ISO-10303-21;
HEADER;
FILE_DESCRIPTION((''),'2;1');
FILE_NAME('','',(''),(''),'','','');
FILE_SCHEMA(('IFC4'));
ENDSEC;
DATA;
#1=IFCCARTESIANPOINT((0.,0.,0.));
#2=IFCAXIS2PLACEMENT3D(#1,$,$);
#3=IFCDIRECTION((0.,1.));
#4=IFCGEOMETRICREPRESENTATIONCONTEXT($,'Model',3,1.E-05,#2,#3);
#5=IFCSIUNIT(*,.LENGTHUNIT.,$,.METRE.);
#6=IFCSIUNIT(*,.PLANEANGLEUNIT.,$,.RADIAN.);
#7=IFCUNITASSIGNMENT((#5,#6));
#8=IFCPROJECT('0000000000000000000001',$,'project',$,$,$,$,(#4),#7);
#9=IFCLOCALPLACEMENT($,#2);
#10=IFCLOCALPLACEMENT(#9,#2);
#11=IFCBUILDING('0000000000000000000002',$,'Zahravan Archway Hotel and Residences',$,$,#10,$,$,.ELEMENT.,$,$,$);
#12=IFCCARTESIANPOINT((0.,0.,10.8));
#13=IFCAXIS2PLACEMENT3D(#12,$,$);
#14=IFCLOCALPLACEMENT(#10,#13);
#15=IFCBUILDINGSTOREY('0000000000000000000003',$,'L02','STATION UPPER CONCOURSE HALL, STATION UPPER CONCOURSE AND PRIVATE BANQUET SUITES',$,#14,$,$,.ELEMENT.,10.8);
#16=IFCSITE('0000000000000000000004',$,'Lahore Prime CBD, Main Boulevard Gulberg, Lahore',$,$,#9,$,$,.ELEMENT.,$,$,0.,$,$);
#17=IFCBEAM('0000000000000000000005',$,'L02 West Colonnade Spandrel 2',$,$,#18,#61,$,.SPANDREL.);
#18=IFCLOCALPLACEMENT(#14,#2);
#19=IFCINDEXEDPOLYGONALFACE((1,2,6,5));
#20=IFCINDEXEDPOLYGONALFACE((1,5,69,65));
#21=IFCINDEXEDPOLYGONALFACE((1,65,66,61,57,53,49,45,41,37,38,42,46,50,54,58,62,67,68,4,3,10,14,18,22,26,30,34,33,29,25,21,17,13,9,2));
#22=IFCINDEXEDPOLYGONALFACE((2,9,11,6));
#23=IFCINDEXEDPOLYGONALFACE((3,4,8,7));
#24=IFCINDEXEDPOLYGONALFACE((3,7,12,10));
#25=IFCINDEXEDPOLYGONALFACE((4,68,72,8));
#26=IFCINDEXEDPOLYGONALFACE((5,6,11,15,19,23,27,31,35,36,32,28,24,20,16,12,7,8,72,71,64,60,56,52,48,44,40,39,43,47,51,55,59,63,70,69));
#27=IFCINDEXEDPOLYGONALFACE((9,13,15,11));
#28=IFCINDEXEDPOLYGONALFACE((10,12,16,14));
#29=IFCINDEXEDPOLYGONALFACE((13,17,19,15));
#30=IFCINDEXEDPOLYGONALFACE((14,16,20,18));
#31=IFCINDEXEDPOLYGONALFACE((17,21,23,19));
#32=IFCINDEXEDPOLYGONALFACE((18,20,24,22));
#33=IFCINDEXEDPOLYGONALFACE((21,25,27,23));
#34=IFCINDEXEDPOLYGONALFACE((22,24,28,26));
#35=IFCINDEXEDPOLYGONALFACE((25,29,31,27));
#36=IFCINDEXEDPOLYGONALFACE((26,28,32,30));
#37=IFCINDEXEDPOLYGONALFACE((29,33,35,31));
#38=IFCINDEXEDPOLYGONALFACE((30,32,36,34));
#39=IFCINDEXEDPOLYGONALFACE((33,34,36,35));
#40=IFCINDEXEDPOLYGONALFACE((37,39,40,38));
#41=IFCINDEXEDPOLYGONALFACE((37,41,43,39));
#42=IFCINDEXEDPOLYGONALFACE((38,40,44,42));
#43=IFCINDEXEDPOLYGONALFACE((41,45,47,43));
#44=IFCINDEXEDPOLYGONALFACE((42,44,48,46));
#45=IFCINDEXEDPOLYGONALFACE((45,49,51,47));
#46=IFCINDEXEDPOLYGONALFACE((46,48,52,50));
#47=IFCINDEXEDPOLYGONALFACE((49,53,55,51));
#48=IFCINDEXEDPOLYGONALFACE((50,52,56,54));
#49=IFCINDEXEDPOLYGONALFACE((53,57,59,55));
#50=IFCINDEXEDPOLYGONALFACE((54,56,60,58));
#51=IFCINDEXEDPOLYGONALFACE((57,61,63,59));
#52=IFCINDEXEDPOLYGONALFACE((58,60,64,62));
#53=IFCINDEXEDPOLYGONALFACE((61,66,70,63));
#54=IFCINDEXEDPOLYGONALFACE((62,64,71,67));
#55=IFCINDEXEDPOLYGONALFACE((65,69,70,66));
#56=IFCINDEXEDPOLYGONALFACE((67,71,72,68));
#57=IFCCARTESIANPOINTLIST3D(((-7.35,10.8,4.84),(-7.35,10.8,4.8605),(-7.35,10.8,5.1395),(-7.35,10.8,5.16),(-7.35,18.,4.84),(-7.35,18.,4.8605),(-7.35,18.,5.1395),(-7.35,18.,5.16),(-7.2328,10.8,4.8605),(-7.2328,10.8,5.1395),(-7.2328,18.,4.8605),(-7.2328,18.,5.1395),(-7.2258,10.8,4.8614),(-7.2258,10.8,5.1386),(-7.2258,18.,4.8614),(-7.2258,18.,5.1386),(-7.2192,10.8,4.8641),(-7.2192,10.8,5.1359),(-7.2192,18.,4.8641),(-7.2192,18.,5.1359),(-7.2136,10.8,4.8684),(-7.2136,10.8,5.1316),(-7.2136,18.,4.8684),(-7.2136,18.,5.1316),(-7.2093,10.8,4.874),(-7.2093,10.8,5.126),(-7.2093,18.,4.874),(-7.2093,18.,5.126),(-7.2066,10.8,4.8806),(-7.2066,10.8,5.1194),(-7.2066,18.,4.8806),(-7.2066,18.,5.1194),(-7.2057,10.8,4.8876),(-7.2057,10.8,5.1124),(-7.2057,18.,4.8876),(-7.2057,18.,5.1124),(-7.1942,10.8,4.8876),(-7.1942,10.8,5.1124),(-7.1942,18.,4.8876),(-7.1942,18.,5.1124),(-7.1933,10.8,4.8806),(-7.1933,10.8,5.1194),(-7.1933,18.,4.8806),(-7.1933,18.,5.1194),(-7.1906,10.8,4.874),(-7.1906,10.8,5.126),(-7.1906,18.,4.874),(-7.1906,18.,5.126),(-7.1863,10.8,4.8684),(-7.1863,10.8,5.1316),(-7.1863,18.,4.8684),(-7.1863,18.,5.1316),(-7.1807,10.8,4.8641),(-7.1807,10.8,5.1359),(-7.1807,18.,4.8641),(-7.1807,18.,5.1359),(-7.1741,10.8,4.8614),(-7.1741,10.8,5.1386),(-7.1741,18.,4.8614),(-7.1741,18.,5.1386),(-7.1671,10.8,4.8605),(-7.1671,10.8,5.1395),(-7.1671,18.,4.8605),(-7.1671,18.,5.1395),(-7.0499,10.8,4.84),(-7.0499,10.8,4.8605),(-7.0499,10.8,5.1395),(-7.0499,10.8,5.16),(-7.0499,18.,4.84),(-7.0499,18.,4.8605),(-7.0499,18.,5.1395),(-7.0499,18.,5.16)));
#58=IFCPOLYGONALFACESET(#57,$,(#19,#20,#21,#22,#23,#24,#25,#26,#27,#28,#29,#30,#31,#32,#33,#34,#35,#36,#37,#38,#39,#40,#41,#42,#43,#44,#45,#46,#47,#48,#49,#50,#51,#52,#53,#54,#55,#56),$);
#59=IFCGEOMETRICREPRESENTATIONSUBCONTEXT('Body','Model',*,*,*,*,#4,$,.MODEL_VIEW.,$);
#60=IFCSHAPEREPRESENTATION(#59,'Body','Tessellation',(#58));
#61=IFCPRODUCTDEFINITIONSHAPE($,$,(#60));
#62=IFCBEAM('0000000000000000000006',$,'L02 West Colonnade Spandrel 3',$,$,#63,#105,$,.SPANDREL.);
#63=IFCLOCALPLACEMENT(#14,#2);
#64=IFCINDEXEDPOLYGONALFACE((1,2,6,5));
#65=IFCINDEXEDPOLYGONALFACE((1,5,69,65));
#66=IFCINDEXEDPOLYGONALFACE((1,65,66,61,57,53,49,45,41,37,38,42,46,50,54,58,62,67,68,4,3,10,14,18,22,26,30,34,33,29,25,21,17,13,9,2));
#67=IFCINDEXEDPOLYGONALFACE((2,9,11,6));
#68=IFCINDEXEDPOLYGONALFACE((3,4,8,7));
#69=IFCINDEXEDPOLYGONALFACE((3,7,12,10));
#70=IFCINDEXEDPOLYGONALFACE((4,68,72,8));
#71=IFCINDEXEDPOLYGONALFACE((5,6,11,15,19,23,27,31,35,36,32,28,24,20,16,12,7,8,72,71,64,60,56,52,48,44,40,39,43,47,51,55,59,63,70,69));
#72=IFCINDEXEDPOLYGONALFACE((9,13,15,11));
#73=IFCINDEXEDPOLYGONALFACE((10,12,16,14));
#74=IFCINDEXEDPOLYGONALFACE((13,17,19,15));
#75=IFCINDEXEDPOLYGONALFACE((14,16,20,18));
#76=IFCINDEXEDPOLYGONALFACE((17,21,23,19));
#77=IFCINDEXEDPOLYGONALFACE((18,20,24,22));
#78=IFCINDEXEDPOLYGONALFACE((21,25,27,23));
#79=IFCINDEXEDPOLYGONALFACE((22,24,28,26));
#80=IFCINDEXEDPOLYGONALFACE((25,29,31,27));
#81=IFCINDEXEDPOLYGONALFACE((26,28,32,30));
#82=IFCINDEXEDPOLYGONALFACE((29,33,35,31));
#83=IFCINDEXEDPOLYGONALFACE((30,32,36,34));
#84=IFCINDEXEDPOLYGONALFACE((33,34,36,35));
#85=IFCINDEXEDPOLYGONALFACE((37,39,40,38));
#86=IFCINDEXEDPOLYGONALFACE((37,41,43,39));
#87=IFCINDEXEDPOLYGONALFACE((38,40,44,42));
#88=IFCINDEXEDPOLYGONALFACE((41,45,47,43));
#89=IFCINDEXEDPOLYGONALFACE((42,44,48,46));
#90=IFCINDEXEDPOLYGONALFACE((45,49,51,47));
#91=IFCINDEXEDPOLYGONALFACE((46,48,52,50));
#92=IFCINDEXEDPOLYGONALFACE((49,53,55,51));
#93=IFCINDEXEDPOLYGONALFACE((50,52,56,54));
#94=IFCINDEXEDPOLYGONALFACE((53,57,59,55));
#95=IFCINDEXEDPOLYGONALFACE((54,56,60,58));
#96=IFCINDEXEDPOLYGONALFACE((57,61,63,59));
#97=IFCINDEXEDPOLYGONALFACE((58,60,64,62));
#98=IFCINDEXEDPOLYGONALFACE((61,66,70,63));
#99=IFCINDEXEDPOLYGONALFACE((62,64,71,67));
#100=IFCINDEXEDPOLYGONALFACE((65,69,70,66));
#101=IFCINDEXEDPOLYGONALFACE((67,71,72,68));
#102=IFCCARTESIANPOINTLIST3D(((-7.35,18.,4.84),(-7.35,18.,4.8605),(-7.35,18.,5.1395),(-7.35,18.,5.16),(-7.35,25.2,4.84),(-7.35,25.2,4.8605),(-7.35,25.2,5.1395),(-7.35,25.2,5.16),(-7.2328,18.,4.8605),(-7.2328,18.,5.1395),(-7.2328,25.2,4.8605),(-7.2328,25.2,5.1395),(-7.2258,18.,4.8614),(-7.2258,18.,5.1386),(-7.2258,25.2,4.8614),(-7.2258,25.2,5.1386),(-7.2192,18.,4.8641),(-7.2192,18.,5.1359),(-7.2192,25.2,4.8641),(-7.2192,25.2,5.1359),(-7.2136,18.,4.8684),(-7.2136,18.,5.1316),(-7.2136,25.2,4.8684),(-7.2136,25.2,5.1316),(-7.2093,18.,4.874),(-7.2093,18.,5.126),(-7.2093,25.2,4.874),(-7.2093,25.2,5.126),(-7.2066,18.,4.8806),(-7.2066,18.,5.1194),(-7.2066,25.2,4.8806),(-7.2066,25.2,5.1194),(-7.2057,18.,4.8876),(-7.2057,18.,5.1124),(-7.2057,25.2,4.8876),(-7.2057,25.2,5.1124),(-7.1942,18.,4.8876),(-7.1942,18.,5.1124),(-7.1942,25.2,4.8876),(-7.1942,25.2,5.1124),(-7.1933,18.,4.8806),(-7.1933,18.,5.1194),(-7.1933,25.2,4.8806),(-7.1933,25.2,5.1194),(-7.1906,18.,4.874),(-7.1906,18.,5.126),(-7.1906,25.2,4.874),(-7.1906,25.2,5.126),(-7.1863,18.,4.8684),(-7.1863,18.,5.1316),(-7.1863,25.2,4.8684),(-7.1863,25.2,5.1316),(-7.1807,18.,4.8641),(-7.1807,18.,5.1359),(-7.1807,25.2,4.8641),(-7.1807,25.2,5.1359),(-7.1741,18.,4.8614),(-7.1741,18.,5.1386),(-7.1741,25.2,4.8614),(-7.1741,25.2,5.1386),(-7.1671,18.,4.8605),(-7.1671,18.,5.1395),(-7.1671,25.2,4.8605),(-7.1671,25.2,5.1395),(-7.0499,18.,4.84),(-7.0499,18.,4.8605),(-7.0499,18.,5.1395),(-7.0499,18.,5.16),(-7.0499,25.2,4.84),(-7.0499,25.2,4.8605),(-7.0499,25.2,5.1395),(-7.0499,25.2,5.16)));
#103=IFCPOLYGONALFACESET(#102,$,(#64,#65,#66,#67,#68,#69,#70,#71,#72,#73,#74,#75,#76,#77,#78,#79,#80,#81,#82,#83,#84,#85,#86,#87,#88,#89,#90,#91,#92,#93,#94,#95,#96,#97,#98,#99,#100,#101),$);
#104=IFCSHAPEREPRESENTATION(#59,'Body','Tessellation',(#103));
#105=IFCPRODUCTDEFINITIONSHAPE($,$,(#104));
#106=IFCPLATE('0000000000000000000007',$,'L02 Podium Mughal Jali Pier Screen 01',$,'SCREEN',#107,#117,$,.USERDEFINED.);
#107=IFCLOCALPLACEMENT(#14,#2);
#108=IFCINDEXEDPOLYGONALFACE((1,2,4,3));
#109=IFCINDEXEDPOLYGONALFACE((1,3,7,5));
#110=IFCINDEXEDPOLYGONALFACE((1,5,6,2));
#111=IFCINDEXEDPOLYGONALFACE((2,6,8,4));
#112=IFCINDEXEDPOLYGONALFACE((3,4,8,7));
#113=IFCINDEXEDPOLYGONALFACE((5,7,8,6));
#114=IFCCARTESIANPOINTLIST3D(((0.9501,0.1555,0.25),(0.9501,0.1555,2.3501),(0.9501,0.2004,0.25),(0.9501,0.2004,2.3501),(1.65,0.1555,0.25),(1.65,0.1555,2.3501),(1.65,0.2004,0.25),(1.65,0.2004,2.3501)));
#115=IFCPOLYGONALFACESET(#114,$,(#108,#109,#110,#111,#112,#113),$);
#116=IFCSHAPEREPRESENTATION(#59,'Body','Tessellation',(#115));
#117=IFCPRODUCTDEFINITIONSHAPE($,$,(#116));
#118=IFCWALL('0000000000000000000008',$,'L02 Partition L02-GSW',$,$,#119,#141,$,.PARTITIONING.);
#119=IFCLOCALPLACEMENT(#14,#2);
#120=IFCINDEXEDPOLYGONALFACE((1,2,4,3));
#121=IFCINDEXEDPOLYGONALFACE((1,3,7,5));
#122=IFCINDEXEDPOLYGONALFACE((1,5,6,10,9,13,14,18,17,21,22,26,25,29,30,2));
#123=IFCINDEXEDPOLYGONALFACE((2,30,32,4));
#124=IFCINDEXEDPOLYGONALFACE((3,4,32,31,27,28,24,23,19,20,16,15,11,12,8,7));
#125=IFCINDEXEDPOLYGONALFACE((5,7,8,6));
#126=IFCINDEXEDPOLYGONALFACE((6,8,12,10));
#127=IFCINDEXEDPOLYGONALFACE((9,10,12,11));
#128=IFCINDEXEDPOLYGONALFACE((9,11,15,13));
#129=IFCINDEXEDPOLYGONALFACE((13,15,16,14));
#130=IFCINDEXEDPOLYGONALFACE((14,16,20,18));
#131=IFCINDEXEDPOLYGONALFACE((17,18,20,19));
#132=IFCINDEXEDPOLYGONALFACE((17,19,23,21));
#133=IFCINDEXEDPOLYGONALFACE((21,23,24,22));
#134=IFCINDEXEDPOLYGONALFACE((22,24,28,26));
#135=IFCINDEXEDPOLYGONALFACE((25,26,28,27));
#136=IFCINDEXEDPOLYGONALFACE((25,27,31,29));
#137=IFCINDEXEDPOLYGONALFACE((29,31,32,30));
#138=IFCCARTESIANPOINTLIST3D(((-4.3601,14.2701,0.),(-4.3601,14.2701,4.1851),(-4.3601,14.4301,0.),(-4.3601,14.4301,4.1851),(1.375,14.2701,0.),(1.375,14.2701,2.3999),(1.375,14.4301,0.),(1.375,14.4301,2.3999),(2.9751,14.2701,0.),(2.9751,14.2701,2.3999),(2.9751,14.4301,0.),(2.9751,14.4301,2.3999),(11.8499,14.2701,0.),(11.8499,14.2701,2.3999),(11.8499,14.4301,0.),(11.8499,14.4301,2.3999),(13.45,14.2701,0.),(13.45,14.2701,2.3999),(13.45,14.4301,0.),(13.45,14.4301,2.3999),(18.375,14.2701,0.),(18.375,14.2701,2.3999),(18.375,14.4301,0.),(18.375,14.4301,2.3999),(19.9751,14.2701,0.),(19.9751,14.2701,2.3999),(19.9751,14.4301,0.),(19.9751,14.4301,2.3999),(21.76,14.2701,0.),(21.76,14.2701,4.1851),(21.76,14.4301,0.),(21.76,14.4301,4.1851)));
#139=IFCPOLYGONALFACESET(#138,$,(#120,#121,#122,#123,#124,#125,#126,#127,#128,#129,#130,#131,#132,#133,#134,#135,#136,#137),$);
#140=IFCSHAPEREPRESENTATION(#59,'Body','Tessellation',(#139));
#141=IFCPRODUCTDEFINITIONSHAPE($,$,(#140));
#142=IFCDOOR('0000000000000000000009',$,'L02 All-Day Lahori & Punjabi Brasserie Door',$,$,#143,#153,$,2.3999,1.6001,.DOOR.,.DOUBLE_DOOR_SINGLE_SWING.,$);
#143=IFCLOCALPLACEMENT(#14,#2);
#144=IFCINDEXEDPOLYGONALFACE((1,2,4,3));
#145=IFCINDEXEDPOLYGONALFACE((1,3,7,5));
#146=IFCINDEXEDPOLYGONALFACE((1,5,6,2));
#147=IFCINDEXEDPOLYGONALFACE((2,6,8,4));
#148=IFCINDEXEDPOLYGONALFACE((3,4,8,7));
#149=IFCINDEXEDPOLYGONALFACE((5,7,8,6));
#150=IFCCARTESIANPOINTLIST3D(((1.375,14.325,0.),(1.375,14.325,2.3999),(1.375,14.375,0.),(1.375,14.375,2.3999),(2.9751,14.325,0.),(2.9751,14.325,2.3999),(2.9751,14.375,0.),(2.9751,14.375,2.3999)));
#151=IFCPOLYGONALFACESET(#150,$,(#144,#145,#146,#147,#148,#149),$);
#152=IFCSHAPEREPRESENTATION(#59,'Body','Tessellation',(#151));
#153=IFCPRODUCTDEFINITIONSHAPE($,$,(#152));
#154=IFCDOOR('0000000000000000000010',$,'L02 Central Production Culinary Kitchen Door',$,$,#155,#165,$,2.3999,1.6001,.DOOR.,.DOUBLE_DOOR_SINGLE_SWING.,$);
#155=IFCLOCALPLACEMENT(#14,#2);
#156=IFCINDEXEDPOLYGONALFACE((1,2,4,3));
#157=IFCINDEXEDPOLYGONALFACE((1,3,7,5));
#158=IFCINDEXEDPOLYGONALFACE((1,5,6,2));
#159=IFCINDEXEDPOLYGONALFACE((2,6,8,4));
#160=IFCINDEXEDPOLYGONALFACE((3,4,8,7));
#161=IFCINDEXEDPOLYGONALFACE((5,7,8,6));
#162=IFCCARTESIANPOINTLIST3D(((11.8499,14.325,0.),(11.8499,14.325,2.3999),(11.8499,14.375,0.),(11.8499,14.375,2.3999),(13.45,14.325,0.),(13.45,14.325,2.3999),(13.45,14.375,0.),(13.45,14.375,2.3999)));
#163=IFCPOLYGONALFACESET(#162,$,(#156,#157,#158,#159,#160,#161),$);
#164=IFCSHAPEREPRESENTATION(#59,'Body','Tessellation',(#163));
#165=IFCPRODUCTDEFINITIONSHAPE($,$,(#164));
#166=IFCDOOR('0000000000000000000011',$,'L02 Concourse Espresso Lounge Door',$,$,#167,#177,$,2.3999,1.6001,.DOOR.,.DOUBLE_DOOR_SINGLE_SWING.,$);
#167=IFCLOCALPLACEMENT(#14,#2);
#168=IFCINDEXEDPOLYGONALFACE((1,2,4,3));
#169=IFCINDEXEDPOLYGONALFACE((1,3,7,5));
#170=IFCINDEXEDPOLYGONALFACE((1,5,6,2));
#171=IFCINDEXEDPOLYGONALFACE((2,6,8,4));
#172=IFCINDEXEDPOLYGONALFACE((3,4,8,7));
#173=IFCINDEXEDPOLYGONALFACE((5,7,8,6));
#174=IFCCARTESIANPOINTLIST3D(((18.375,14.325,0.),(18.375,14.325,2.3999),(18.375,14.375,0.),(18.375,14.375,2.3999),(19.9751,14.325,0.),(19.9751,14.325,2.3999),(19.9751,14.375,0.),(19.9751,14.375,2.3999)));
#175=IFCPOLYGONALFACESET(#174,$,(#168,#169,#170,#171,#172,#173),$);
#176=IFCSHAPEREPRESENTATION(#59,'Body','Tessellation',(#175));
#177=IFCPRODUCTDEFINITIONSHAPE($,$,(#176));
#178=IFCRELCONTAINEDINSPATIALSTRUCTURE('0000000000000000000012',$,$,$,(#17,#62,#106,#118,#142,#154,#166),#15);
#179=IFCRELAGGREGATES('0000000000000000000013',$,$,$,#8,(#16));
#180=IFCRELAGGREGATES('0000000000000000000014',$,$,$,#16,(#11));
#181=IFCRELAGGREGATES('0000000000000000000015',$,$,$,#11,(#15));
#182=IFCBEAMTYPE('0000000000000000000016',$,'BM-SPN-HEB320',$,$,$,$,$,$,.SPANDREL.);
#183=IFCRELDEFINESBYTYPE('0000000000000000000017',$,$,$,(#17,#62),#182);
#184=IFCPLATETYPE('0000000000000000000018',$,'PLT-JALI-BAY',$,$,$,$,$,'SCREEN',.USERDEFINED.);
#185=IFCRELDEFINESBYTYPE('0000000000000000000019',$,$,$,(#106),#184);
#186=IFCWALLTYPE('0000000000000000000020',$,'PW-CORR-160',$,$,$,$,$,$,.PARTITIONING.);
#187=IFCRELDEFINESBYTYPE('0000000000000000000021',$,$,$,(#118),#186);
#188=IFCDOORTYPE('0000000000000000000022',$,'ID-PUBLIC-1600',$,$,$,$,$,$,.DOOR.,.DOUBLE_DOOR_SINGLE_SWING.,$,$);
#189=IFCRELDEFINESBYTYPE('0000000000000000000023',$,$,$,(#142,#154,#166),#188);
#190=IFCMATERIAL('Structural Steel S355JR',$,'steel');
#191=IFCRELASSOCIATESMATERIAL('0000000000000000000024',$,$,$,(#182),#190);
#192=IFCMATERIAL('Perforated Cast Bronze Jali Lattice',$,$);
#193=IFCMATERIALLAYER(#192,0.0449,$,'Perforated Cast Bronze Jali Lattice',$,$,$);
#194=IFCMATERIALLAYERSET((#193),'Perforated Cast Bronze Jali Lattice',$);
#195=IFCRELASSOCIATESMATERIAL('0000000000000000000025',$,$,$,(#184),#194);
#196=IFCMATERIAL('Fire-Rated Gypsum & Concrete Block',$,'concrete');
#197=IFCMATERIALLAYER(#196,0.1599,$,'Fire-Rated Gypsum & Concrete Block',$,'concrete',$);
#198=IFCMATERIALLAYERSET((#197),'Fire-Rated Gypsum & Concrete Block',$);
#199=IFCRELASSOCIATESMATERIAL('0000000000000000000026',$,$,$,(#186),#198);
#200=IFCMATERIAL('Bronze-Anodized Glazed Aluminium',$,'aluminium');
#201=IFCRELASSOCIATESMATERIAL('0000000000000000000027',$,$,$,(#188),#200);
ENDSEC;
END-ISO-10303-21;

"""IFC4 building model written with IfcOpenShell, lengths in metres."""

from ifc_helpers import new_model, si_unit, direction, frame, frame_2d, origin, origin_2d, place, context, subcontext, project, spatial, rectangle, i_section, extrude, source, transform, mapped, material, layer, layer_set, material_profile, profile_set, type_object, type_shapes, element, fill, save


model = new_model("IFC4")

# Units and contexts
model_context = context("Model", 3, precision=1e-05, world=origin(), true_north=direction((0.0, 1.0)))
body_context = subcontext(model_context, "Body", "Model", "MODEL_VIEW")
ifc_project = project(units=[si_unit("LENGTHUNIT", "METRE"), si_unit("PLANEANGLEUNIT", "RADIAN")], contexts=[model_context])

# Site, building, storey
site_placement = place(None, origin())
site = spatial("IfcSite", under=ifc_project, at=site_placement, Name="Lahore Prime CBD, Main Boulevard Gulberg, Lahore", CompositionType="ELEMENT", RefElevation=0.0)
building_placement = place(site_placement, origin())
building = spatial("IfcBuilding", under=site, at=building_placement, Name="Zahravan Archway Hotel and Residences", CompositionType="ELEMENT")
storey_placement = place(building_placement, frame((0.0, 0.0, 10.8)))
storey = spatial("IfcBuildingStorey", under=building, at=storey_placement, Name="L02", Description="STATION UPPER CONCOURSE HALL, STATION UPPER CONCOURSE AND PRIVATE BANQUET SUITES", CompositionType="ELEMENT", Elevation=10.8)

# Beams
ifc_material_1 = material(Name="Structural Steel S355JR", Category="steel")
ifc_material_profile_1 = material_profile(ifc_material_1, i_section(OverallWidth=0.3, OverallDepth=0.3201, WebThickness=0.0115, FlangeThickness=0.0205, FilletRadius=0.0271, at=origin_2d()), Name="HEB 320", Category="steel")
ifc_profile_set_1 = profile_set([ifc_material_profile_1], Name="Structural Steel S355JR")
beam_type_1 = type_object("IfcBeamType", Name="BM-SPN-HEB320", PredefinedType="SPANDREL", material=ifc_profile_set_1)
shared_shape_1 = source(origin(), body_context, "Body", "SweptSolid", [
    extrude(i_section(OverallWidth=0.3, OverallDepth=0.3201, WebThickness=0.0115, FlangeThickness=0.0205, FilletRadius=0.0271, at=origin_2d()), origin(), (0.0, 0.0, 1.0), 7.2),
])
type_shapes(beam_type_1, [shared_shape_1])
for number, where, z_axis, x_axis, name in (
    (1, (-7.2, 10.8, 5.0), (0.0, 1.0, 0.0), (-1.0, 0.0, 0.0), "L02 West Colonnade Spandrel 2"),
    (2, (-7.2, 18.0, 5.0), (0.0, 1.0, 0.0), (-1.0, 0.0, 0.0), "L02 West Colonnade Spandrel 3"),
):
    element("IfcBeam", number, at=place(storey_placement, frame(where, z_axis=z_axis, x_axis=x_axis)), inside=storey, type_object=beam_type_1, Name=name, PredefinedType="SPANDREL", context=body_context, shape_type="MappedRepresentation", body=[
        mapped(shared_shape_1, transform((0.0, 0.0, 0.0), scale=1.0)),
    ])

# Plate
ifc_material_2 = material(Name="Perforated Cast Bronze Jali Lattice")
ifc_layer_1 = layer(ifc_material_2, 0.0449, Name="Perforated Cast Bronze Jali Lattice")
ifc_layer_set_1 = layer_set([ifc_layer_1], Name="Perforated Cast Bronze Jali Lattice")
plate_type = type_object("IfcPlateType", Name="PLT-JALI-BAY", ElementType="SCREEN", PredefinedType="USERDEFINED", material=ifc_layer_set_1)
shared_shape_2 = source(origin(), body_context, "Body", "SweptSolid", [
    extrude(rectangle(XDim=0.7, YDim=0.0449, at=origin_2d()), origin(), (0.0, 0.0, 1.0), 2.1001),
])
type_shapes(plate_type, [shared_shape_2])
plate_placement = place(storey_placement, frame((1.3, 0.178, 0.25), z_axis=(0.0, 0.0, 1.0), x_axis=(1.0, 0.0, 0.0)))
element("IfcPlate", 3, at=plate_placement, inside=storey, type_object=plate_type, Name="L02 Podium Mughal Jali Pier Screen 01", ObjectType="SCREEN", PredefinedType="USERDEFINED", context=body_context, shape_type="MappedRepresentation", body=[
    mapped(shared_shape_2, transform((0.0, 0.0, 0.0), scale=1.0)),
])

# Wall, openings, doors
ifc_material_3 = material(Name="Fire-Rated Gypsum & Concrete Block", Category="concrete")
ifc_layer_2 = layer(ifc_material_3, 0.1599, Name="Fire-Rated Gypsum & Concrete Block", Category="concrete")
ifc_layer_set_2 = layer_set([ifc_layer_2], Name="Fire-Rated Gypsum & Concrete Block")
wall_type = type_object("IfcWallType", Name="PW-CORR-160", PredefinedType="PARTITIONING", material=ifc_layer_set_2)
wall_placement = place(storey_placement, frame((-4.3601, 14.3501, 0.0), z_axis=(0.0, 0.0, 1.0), x_axis=(1.0, 0.0, 0.0)))
wall = element("IfcWall", 4, at=wall_placement, inside=storey, type_object=wall_type, Name="L02 Partition L02-GSW", PredefinedType="PARTITIONING", context=body_context, shape_type="SweptSolid", body=[
    extrude(rectangle(XDim=26.1201, YDim=0.1599, at=frame_2d((13.0601, 0.0))), origin(), (0.0, 0.0, 1.0), 4.1851),
])
opening_1_placement = place(wall_placement, frame((5.7351, 0.0, 0.0)))
opening_1 = element("IfcOpeningElement", 5, at=opening_1_placement, cuts=wall, PredefinedType="OPENING", context=body_context, shape_type="SweptSolid", body=[
    extrude(rectangle(XDim=1.6001, YDim=2.3999, at=frame_2d((0.8, 1.2))), frame((0.0, 0.0898, 0.0), z_axis=(0.0, -1.0, 0.0), x_axis=(1.0, 0.0, 0.0)), (0.0, 0.0, 1.0), 0.1799),
])
opening_2_placement = place(wall_placement, frame((16.21, 0.0, 0.0)))
opening_2 = element("IfcOpeningElement", 6, at=opening_2_placement, cuts=wall, PredefinedType="OPENING", context=body_context, shape_type="SweptSolid", body=[
    extrude(rectangle(XDim=1.6001, YDim=2.3999, at=frame_2d((0.8, 1.2))), frame((0.0, 0.0898, 0.0), z_axis=(0.0, -1.0, 0.0), x_axis=(1.0, 0.0, 0.0)), (0.0, 0.0, 1.0), 0.1799),
])
opening_3_placement = place(wall_placement, frame((22.7351, 0.0, 0.0)))
opening_3 = element("IfcOpeningElement", 7, at=opening_3_placement, cuts=wall, PredefinedType="OPENING", context=body_context, shape_type="SweptSolid", body=[
    extrude(rectangle(XDim=1.6001, YDim=2.3999, at=frame_2d((0.8, 1.2))), frame((0.0, 0.0898, 0.0), z_axis=(0.0, -1.0, 0.0), x_axis=(1.0, 0.0, 0.0)), (0.0, 0.0, 1.0), 0.1799),
])
ifc_material_4 = material(Name="Bronze-Anodized Glazed Aluminium", Category="aluminium")
door_type = type_object("IfcDoorType", Name="ID-PUBLIC-1600", OperationType="DOUBLE_DOOR_SINGLE_SWING", PredefinedType="DOOR", material=ifc_material_4)
shared_shape_3 = source(origin(), body_context, "Body", "SweptSolid", [
    extrude(rectangle(XDim=1.6001, YDim=2.3999, at=frame_2d((0.8, 1.2))), frame((0.0, 0.0249, 0.0), z_axis=(0.0, -1.0, 0.0), x_axis=(1.0, 0.0, 0.0)), (0.0, 0.0, 1.0), 0.05),
])
type_shapes(door_type, [shared_shape_3])
door_1_placement = place(opening_1_placement, origin())
door_1 = element("IfcDoor", 8, at=door_1_placement, inside=storey, type_object=door_type, Name="L02 All-Day Lahori & Punjabi Brasserie Door", OperationType="DOUBLE_DOOR_SINGLE_SWING", OverallHeight=2.3999, OverallWidth=1.6001, PredefinedType="DOOR", context=body_context, shape_type="MappedRepresentation", body=[
    mapped(shared_shape_3, transform((0.0, 0.0, 0.0), scale=1.0)),
])
fill(opening_1, door_1)
door_2_placement = place(opening_2_placement, origin())
door_2 = element("IfcDoor", 9, at=door_2_placement, inside=storey, type_object=door_type, Name="L02 Central Production Culinary Kitchen Door", OperationType="DOUBLE_DOOR_SINGLE_SWING", OverallHeight=2.3999, OverallWidth=1.6001, PredefinedType="DOOR", context=body_context, shape_type="MappedRepresentation", body=[
    mapped(shared_shape_3, transform((0.0, 0.0, 0.0), scale=1.0)),
])
fill(opening_2, door_2)
door_3_placement = place(opening_3_placement, origin())
door_3 = element("IfcDoor", 10, at=door_3_placement, inside=storey, type_object=door_type, Name="L02 Concourse Espresso Lounge Door", OperationType="DOUBLE_DOOR_SINGLE_SWING", OverallHeight=2.3999, OverallWidth=1.6001, PredefinedType="DOOR", context=body_context, shape_type="MappedRepresentation", body=[
    mapped(shared_shape_3, transform((0.0, 0.0, 0.0), scale=1.0)),
])
fill(opening_3, door_3)

save(model, "model.ifc")
